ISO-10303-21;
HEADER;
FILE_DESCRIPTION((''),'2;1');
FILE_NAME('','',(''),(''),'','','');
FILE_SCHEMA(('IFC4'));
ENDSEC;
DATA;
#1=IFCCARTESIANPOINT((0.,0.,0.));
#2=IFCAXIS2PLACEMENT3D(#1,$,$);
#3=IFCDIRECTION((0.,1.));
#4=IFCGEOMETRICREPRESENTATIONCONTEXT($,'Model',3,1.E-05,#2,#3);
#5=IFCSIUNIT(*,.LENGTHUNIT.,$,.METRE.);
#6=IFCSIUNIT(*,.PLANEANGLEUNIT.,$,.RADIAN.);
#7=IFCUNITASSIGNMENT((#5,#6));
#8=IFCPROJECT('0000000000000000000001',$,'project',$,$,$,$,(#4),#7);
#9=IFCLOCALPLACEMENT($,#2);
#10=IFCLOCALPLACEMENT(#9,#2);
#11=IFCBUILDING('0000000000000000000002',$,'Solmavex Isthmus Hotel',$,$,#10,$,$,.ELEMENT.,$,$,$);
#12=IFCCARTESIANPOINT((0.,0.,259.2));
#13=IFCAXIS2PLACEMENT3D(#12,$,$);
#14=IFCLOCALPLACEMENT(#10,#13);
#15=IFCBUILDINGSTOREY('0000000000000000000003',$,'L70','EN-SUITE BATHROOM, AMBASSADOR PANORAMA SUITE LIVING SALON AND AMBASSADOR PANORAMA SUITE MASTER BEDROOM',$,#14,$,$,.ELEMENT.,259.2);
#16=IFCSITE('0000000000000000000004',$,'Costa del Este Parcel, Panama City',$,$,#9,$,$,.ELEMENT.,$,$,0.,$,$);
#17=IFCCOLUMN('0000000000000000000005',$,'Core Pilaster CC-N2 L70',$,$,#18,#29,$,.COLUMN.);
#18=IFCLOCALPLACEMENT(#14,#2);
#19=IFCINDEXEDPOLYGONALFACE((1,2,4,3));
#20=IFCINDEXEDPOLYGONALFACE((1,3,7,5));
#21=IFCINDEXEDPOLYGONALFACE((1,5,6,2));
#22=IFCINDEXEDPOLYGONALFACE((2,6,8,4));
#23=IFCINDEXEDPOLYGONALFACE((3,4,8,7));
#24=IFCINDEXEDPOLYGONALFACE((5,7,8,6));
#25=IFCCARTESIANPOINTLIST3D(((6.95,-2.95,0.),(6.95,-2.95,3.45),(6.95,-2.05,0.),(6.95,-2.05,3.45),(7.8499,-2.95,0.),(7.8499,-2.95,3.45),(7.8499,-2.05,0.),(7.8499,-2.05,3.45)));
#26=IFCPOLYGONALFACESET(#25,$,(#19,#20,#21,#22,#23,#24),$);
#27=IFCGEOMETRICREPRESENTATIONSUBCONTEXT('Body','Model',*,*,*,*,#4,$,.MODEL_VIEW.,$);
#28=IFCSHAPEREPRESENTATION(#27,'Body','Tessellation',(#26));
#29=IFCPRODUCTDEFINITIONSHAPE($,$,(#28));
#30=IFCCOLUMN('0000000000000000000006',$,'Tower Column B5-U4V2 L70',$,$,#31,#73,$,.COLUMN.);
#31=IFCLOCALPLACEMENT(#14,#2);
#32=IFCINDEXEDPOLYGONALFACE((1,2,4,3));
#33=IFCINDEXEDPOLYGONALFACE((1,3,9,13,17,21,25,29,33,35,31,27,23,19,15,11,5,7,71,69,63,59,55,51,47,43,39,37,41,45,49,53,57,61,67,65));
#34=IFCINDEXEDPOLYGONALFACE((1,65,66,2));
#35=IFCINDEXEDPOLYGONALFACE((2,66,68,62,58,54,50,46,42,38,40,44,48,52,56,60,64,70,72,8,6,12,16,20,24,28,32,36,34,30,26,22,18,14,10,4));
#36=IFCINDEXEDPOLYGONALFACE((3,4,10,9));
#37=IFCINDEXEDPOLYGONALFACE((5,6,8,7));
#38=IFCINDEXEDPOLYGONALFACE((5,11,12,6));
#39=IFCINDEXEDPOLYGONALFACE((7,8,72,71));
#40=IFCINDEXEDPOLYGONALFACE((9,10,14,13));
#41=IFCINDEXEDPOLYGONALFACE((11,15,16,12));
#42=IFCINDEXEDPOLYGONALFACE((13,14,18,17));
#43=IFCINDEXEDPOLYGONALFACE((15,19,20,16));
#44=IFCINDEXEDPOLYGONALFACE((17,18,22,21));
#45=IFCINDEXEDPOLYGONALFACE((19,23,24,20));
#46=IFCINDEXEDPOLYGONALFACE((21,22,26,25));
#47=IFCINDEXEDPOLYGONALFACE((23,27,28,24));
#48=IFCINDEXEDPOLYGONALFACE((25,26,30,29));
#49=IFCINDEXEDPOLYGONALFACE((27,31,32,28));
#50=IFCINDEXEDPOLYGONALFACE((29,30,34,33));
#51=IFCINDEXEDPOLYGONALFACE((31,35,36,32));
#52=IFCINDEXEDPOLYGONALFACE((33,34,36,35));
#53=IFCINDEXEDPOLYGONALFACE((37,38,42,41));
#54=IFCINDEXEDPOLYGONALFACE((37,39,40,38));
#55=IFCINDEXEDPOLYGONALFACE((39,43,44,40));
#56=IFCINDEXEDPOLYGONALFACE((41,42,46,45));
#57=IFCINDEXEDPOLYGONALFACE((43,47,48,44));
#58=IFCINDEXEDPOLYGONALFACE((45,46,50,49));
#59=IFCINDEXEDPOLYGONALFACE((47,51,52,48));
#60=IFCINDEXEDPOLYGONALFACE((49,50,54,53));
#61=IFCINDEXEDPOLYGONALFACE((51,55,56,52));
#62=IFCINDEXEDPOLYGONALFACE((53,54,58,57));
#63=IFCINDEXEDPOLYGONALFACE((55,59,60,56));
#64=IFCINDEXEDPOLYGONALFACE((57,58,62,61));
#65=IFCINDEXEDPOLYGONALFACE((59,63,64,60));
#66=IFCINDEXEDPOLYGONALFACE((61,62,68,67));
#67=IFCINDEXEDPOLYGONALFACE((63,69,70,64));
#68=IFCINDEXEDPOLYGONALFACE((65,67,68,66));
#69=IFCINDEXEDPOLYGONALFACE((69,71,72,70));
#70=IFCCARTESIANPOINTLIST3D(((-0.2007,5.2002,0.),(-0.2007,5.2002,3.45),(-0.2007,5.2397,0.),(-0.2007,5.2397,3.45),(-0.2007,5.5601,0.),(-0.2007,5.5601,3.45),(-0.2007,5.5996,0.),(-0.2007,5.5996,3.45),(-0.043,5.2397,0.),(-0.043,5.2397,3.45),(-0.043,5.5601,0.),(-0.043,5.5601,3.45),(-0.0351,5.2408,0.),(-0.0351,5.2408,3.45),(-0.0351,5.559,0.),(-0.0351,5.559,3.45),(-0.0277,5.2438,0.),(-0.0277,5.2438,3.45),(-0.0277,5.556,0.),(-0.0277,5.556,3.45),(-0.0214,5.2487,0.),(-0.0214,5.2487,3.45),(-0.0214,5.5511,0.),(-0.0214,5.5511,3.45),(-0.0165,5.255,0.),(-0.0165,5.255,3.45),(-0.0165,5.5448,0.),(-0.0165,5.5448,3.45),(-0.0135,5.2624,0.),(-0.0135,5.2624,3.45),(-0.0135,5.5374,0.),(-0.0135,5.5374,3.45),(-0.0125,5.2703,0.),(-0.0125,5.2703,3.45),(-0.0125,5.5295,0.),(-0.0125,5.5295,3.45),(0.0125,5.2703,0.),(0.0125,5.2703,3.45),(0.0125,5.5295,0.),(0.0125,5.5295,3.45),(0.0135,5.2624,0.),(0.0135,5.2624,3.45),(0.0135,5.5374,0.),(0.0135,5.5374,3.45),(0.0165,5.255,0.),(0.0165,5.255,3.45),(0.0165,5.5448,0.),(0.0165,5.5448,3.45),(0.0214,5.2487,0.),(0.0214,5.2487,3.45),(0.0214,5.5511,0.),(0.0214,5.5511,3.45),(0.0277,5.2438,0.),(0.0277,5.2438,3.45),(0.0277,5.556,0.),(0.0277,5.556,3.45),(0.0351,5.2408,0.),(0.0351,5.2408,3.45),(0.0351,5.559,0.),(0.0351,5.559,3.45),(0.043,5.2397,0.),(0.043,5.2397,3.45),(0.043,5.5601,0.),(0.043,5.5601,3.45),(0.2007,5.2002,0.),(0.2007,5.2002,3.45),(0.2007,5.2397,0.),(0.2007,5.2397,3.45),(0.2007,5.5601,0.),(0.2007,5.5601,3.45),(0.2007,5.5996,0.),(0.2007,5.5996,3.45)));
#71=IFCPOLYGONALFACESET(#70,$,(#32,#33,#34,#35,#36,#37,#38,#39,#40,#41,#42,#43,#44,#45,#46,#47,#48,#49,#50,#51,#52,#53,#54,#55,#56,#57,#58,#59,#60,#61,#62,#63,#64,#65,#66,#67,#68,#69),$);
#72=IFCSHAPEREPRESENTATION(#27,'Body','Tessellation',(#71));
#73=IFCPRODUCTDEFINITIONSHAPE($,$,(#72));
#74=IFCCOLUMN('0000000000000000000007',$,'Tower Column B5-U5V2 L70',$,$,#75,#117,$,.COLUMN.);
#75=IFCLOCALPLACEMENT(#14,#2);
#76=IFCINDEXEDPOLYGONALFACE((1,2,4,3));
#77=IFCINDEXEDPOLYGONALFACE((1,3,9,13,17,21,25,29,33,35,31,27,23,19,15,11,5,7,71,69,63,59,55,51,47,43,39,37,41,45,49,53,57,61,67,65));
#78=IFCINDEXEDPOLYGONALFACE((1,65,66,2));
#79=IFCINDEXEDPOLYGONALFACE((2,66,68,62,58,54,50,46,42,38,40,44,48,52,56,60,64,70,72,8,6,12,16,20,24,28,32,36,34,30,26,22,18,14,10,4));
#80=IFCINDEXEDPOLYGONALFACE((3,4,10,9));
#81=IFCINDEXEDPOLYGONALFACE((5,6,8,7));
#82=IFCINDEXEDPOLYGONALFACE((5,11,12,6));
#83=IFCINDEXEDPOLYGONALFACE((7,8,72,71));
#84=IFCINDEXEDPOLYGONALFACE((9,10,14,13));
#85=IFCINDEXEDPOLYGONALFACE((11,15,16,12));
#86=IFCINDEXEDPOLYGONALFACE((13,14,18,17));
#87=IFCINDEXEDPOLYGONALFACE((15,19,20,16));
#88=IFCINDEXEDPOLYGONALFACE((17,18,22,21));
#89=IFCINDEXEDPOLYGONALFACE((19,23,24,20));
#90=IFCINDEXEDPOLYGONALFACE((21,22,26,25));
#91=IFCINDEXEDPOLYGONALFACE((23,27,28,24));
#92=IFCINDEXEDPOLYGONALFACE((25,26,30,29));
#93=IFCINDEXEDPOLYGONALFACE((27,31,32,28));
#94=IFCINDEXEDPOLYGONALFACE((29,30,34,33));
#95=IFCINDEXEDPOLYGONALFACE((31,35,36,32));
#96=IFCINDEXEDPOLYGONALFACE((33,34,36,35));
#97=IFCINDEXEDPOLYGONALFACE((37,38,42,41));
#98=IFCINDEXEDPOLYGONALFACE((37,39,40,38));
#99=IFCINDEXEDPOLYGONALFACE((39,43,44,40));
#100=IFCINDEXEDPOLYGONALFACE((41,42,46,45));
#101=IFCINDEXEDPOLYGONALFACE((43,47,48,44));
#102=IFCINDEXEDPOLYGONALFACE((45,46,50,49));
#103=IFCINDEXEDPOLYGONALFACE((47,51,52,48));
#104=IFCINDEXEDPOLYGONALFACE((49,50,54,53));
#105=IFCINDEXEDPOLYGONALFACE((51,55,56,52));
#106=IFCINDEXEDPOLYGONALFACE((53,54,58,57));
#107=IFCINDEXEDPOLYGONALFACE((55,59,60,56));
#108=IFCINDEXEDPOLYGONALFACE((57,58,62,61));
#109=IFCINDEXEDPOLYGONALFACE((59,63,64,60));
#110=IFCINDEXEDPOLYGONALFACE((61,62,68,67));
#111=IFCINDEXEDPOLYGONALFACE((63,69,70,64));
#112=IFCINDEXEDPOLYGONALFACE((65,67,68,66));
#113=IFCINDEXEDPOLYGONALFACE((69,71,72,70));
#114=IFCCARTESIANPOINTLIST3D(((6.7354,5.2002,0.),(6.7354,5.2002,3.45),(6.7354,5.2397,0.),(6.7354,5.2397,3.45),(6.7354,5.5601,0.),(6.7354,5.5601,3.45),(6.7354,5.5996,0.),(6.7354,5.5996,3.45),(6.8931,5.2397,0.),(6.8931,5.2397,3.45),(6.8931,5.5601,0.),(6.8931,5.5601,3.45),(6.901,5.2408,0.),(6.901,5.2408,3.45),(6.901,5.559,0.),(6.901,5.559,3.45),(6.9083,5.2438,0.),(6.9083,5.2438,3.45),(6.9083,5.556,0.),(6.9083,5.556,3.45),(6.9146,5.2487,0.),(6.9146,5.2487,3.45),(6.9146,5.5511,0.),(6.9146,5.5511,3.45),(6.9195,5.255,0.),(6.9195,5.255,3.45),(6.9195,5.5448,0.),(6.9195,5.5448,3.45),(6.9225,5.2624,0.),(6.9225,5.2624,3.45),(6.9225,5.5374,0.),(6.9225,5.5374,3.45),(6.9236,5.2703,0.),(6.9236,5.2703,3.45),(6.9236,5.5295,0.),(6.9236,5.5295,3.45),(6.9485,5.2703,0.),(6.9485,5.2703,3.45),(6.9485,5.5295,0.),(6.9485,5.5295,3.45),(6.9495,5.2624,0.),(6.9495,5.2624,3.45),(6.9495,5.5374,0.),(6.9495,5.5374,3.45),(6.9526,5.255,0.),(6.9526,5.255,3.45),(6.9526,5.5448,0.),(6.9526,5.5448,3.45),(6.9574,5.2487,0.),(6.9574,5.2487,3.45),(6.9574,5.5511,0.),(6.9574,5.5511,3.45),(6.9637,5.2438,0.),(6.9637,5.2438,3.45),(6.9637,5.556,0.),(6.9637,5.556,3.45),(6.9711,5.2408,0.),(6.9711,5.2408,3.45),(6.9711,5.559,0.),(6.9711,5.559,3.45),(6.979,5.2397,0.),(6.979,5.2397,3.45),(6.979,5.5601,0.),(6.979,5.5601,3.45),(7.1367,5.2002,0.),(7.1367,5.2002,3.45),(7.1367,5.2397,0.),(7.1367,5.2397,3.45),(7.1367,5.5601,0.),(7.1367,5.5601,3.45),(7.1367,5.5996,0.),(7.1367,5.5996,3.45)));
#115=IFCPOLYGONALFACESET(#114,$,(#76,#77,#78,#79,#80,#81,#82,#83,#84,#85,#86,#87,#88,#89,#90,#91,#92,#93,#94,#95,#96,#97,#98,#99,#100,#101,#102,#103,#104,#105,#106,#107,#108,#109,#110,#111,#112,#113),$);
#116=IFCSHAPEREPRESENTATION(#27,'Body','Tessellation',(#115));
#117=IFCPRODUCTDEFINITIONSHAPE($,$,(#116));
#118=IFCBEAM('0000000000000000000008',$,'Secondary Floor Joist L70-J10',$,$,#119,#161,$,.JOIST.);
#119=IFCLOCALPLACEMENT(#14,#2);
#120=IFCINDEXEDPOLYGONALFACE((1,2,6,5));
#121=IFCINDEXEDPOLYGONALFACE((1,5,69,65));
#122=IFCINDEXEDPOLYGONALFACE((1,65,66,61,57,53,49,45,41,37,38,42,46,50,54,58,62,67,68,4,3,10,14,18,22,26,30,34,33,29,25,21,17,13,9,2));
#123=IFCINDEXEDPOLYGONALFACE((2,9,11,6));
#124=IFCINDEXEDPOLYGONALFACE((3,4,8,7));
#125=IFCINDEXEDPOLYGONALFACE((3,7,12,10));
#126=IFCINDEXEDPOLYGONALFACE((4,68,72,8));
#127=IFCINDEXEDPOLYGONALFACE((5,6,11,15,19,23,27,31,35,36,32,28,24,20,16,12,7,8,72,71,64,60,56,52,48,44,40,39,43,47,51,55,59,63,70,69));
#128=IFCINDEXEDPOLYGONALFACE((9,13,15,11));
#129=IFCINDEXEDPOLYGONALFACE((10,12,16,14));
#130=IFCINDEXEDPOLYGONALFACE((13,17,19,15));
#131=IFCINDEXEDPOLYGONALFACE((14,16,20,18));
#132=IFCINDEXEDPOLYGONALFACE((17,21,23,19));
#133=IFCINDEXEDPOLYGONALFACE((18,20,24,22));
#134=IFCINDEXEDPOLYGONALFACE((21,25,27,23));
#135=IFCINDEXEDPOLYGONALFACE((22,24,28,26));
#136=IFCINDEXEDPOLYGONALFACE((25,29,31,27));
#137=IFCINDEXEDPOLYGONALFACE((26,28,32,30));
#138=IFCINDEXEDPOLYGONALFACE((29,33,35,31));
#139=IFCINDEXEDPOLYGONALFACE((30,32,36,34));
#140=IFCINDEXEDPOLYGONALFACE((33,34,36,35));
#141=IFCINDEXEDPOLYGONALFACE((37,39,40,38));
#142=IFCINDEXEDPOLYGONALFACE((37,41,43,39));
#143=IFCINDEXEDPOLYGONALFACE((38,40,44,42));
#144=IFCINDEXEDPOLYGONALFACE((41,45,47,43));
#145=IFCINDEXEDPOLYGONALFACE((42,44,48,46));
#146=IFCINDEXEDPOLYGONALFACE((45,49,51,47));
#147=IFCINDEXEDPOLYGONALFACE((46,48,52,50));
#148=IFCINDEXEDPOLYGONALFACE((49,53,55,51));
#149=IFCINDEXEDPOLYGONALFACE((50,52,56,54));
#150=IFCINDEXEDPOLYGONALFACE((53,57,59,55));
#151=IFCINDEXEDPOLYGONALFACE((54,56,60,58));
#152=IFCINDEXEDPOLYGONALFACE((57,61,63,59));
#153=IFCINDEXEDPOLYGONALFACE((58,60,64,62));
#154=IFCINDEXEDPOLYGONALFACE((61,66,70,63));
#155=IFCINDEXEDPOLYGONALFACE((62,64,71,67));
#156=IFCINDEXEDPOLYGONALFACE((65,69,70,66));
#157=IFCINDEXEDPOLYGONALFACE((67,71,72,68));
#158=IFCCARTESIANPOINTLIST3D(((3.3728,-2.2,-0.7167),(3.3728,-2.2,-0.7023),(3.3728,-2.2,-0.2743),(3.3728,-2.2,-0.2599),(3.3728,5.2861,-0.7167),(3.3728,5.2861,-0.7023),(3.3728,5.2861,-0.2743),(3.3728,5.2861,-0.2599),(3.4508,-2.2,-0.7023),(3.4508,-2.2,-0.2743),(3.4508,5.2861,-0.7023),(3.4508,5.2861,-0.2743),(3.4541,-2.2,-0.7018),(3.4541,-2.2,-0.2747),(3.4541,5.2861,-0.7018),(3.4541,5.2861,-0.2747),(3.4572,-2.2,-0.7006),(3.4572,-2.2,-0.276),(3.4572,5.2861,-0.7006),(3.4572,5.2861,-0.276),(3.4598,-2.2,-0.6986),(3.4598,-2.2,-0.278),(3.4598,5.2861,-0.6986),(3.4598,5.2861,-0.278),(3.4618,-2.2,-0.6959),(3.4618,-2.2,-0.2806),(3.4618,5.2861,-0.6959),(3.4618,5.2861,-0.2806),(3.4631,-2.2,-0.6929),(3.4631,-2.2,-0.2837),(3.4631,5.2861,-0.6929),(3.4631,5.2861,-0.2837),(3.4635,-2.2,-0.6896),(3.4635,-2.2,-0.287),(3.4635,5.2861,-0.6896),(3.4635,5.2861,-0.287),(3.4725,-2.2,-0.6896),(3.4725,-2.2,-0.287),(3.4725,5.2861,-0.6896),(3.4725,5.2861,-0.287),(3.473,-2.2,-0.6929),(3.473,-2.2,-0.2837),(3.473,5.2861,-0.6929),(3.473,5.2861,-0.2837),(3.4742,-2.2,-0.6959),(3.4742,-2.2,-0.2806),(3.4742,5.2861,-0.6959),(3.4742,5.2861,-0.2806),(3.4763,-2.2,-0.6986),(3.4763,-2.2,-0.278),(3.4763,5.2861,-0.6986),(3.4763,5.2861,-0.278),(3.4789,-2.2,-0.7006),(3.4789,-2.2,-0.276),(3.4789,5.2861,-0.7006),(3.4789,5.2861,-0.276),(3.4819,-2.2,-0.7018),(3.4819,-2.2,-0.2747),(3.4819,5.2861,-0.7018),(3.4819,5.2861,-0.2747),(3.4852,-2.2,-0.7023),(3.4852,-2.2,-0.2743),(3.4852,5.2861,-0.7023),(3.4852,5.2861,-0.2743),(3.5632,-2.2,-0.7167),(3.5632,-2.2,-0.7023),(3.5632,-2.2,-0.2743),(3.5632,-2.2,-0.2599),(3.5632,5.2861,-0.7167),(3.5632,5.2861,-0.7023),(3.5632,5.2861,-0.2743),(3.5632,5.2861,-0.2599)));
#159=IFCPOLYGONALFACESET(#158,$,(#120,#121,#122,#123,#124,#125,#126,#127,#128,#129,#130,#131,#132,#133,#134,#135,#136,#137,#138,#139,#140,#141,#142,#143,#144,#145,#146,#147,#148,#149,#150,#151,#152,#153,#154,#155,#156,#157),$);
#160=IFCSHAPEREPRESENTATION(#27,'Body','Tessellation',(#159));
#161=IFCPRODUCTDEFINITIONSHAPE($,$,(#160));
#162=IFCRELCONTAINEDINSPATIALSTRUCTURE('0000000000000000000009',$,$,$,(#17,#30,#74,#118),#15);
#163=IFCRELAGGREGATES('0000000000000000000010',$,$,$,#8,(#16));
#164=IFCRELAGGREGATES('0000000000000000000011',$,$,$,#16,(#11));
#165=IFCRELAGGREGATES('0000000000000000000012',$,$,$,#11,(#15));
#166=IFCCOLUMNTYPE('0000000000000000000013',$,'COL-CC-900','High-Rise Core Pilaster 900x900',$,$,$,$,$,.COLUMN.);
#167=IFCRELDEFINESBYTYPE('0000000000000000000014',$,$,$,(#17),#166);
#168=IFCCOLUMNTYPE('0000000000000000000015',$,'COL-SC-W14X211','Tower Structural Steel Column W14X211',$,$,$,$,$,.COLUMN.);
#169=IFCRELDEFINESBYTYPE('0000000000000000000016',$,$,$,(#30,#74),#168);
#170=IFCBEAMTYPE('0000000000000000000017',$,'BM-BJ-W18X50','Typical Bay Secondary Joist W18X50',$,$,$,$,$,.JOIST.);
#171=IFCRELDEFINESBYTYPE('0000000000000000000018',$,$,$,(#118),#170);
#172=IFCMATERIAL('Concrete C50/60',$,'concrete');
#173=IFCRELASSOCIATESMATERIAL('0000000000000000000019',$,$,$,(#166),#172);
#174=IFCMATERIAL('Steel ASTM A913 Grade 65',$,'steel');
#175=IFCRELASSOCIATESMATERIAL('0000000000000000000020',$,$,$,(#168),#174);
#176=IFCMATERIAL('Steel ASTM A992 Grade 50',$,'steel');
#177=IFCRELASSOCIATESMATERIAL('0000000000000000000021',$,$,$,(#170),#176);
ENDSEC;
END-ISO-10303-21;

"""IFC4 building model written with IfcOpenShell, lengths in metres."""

from ifc_helpers import new_model, si_unit, direction, frame, origin, origin_2d, place, context, subcontext, project, spatial, rectangle, i_section, extrude, material, material_profile, profile_set, type_object, element, save


model = new_model("IFC4")

# Units and contexts
model_context = context("Model", 3, precision=1e-05, world=origin(), true_north=direction((0.0, 1.0)))
body_context = subcontext(model_context, "Body", "Model", "MODEL_VIEW")
ifc_project = project(units=[si_unit("LENGTHUNIT", "METRE"), si_unit("PLANEANGLEUNIT", "RADIAN")], contexts=[model_context])

# Site, building, storey
site_placement = place(None, origin())
site = spatial("IfcSite", under=ifc_project, at=site_placement, Name="Costa del Este Parcel, Panama City", CompositionType="ELEMENT", RefElevation=0.0)
building_placement = place(site_placement, origin())
building = spatial("IfcBuilding", under=site, at=building_placement, Name="Solmavex Isthmus Hotel", CompositionType="ELEMENT")
storey_placement = place(building_placement, frame((0.0, 0.0, 259.2)))
storey = spatial("IfcBuildingStorey", under=building, at=storey_placement, Name="L70", Description="EN-SUITE BATHROOM, AMBASSADOR PANORAMA SUITE LIVING SALON AND AMBASSADOR PANORAMA SUITE MASTER BEDROOM", CompositionType="ELEMENT", Elevation=259.2)

# Columns
ifc_material_1 = material(Name="Concrete C50/60", Category="concrete")
ifc_material_profile_1 = material_profile(ifc_material_1, rectangle(XDim=0.8999, YDim=0.8999, at=origin_2d()), Name="RC900X900")
ifc_profile_set_1 = profile_set([ifc_material_profile_1], Name="Concrete C50/60")
column_type_1 = type_object("IfcColumnType", Name="COL-CC-900", Description="High-Rise Core Pilaster 900x900", PredefinedType="COLUMN", material=ifc_profile_set_1)
column_placement = place(storey_placement, frame((7.3999, -2.5, 0.0), z_axis=(0.0, 0.0, 1.0), x_axis=(1.0, 0.0, 0.0)))
element("IfcColumn", 1, at=column_placement, inside=storey, type_object=column_type_1, Name="Core Pilaster CC-N2 L70", PredefinedType="COLUMN", context=body_context, shape_type="SweptSolid", body=[
    extrude(rectangle(XDim=0.8999, YDim=0.8999, at=origin_2d()), origin(), (0.0, 0.0, 1.0), 3.45),
])
ifc_material_2 = material(Name="Steel ASTM A913 Grade 65", Category="steel")
ifc_material_profile_2 = material_profile(ifc_material_2, i_section(OverallWidth=0.4014, OverallDepth=0.3994, WebThickness=0.0249, FlangeThickness=0.0396, FilletRadius=0.0305, at=origin_2d()), Name="W14X211")
ifc_profile_set_2 = profile_set([ifc_material_profile_2], Name="Steel ASTM A913 Grade 65")
column_type_2 = type_object("IfcColumnType", Name="COL-SC-W14X211", Description="Tower Structural Steel Column W14X211", PredefinedType="COLUMN", material=ifc_profile_set_2)
for number, where, z_axis, x_axis, name in (
    (2, (0.0, 5.3999, 0.0), (0.0, 0.0, 1.0), (1.0, 0.0, 0.0), "Tower Column B5-U4V2 L70"),
    (3, (6.936, 5.3999, 0.0), (0.0, 0.0, 1.0), (1.0, 0.0, 0.0), "Tower Column B5-U5V2 L70"),
):
    element("IfcColumn", number, at=place(storey_placement, frame(where, z_axis=z_axis, x_axis=x_axis)), inside=storey, type_object=column_type_2, Name=name, PredefinedType="COLUMN", context=body_context, shape_type="SweptSolid", body=[
        extrude(i_section(OverallWidth=0.4014, OverallDepth=0.3994, WebThickness=0.0249, FlangeThickness=0.0396, FilletRadius=0.0305, at=origin_2d()), origin(), (0.0, 0.0, 1.0), 3.45),
    ])

# Beam
ifc_material_3 = material(Name="Steel ASTM A992 Grade 50", Category="steel")
ifc_material_profile_3 = material_profile(ifc_material_3, i_section(OverallWidth=0.1904, OverallDepth=0.4568, WebThickness=0.009, FlangeThickness=0.0144, FilletRadius=0.0127, at=origin_2d()), Name="W18X50")
ifc_profile_set_3 = profile_set([ifc_material_profile_3], Name="Steel ASTM A992 Grade 50")
beam_type_1 = type_object("IfcBeamType", Name="BM-BJ-W18X50", Description="Typical Bay Secondary Joist W18X50", PredefinedType="JOIST", material=ifc_profile_set_3)
beam_1_placement = place(storey_placement, frame((3.468, -2.2, -0.4883), z_axis=(0.0, 1.0, 0.0), x_axis=(-1.0, 0.0, 0.0)))
element("IfcBeam", 4, at=beam_1_placement, inside=storey, type_object=beam_type_1, Name="Secondary Floor Joist L70-J10", PredefinedType="JOIST", context=body_context, shape_type="SweptSolid", body=[
    extrude(i_section(OverallWidth=0.1904, OverallDepth=0.4568, WebThickness=0.009, FlangeThickness=0.0144, FilletRadius=0.0127, at=origin_2d()), origin(), (0.0, 0.0, 1.0), 7.4861),
])

save(model, "model.ifc")
